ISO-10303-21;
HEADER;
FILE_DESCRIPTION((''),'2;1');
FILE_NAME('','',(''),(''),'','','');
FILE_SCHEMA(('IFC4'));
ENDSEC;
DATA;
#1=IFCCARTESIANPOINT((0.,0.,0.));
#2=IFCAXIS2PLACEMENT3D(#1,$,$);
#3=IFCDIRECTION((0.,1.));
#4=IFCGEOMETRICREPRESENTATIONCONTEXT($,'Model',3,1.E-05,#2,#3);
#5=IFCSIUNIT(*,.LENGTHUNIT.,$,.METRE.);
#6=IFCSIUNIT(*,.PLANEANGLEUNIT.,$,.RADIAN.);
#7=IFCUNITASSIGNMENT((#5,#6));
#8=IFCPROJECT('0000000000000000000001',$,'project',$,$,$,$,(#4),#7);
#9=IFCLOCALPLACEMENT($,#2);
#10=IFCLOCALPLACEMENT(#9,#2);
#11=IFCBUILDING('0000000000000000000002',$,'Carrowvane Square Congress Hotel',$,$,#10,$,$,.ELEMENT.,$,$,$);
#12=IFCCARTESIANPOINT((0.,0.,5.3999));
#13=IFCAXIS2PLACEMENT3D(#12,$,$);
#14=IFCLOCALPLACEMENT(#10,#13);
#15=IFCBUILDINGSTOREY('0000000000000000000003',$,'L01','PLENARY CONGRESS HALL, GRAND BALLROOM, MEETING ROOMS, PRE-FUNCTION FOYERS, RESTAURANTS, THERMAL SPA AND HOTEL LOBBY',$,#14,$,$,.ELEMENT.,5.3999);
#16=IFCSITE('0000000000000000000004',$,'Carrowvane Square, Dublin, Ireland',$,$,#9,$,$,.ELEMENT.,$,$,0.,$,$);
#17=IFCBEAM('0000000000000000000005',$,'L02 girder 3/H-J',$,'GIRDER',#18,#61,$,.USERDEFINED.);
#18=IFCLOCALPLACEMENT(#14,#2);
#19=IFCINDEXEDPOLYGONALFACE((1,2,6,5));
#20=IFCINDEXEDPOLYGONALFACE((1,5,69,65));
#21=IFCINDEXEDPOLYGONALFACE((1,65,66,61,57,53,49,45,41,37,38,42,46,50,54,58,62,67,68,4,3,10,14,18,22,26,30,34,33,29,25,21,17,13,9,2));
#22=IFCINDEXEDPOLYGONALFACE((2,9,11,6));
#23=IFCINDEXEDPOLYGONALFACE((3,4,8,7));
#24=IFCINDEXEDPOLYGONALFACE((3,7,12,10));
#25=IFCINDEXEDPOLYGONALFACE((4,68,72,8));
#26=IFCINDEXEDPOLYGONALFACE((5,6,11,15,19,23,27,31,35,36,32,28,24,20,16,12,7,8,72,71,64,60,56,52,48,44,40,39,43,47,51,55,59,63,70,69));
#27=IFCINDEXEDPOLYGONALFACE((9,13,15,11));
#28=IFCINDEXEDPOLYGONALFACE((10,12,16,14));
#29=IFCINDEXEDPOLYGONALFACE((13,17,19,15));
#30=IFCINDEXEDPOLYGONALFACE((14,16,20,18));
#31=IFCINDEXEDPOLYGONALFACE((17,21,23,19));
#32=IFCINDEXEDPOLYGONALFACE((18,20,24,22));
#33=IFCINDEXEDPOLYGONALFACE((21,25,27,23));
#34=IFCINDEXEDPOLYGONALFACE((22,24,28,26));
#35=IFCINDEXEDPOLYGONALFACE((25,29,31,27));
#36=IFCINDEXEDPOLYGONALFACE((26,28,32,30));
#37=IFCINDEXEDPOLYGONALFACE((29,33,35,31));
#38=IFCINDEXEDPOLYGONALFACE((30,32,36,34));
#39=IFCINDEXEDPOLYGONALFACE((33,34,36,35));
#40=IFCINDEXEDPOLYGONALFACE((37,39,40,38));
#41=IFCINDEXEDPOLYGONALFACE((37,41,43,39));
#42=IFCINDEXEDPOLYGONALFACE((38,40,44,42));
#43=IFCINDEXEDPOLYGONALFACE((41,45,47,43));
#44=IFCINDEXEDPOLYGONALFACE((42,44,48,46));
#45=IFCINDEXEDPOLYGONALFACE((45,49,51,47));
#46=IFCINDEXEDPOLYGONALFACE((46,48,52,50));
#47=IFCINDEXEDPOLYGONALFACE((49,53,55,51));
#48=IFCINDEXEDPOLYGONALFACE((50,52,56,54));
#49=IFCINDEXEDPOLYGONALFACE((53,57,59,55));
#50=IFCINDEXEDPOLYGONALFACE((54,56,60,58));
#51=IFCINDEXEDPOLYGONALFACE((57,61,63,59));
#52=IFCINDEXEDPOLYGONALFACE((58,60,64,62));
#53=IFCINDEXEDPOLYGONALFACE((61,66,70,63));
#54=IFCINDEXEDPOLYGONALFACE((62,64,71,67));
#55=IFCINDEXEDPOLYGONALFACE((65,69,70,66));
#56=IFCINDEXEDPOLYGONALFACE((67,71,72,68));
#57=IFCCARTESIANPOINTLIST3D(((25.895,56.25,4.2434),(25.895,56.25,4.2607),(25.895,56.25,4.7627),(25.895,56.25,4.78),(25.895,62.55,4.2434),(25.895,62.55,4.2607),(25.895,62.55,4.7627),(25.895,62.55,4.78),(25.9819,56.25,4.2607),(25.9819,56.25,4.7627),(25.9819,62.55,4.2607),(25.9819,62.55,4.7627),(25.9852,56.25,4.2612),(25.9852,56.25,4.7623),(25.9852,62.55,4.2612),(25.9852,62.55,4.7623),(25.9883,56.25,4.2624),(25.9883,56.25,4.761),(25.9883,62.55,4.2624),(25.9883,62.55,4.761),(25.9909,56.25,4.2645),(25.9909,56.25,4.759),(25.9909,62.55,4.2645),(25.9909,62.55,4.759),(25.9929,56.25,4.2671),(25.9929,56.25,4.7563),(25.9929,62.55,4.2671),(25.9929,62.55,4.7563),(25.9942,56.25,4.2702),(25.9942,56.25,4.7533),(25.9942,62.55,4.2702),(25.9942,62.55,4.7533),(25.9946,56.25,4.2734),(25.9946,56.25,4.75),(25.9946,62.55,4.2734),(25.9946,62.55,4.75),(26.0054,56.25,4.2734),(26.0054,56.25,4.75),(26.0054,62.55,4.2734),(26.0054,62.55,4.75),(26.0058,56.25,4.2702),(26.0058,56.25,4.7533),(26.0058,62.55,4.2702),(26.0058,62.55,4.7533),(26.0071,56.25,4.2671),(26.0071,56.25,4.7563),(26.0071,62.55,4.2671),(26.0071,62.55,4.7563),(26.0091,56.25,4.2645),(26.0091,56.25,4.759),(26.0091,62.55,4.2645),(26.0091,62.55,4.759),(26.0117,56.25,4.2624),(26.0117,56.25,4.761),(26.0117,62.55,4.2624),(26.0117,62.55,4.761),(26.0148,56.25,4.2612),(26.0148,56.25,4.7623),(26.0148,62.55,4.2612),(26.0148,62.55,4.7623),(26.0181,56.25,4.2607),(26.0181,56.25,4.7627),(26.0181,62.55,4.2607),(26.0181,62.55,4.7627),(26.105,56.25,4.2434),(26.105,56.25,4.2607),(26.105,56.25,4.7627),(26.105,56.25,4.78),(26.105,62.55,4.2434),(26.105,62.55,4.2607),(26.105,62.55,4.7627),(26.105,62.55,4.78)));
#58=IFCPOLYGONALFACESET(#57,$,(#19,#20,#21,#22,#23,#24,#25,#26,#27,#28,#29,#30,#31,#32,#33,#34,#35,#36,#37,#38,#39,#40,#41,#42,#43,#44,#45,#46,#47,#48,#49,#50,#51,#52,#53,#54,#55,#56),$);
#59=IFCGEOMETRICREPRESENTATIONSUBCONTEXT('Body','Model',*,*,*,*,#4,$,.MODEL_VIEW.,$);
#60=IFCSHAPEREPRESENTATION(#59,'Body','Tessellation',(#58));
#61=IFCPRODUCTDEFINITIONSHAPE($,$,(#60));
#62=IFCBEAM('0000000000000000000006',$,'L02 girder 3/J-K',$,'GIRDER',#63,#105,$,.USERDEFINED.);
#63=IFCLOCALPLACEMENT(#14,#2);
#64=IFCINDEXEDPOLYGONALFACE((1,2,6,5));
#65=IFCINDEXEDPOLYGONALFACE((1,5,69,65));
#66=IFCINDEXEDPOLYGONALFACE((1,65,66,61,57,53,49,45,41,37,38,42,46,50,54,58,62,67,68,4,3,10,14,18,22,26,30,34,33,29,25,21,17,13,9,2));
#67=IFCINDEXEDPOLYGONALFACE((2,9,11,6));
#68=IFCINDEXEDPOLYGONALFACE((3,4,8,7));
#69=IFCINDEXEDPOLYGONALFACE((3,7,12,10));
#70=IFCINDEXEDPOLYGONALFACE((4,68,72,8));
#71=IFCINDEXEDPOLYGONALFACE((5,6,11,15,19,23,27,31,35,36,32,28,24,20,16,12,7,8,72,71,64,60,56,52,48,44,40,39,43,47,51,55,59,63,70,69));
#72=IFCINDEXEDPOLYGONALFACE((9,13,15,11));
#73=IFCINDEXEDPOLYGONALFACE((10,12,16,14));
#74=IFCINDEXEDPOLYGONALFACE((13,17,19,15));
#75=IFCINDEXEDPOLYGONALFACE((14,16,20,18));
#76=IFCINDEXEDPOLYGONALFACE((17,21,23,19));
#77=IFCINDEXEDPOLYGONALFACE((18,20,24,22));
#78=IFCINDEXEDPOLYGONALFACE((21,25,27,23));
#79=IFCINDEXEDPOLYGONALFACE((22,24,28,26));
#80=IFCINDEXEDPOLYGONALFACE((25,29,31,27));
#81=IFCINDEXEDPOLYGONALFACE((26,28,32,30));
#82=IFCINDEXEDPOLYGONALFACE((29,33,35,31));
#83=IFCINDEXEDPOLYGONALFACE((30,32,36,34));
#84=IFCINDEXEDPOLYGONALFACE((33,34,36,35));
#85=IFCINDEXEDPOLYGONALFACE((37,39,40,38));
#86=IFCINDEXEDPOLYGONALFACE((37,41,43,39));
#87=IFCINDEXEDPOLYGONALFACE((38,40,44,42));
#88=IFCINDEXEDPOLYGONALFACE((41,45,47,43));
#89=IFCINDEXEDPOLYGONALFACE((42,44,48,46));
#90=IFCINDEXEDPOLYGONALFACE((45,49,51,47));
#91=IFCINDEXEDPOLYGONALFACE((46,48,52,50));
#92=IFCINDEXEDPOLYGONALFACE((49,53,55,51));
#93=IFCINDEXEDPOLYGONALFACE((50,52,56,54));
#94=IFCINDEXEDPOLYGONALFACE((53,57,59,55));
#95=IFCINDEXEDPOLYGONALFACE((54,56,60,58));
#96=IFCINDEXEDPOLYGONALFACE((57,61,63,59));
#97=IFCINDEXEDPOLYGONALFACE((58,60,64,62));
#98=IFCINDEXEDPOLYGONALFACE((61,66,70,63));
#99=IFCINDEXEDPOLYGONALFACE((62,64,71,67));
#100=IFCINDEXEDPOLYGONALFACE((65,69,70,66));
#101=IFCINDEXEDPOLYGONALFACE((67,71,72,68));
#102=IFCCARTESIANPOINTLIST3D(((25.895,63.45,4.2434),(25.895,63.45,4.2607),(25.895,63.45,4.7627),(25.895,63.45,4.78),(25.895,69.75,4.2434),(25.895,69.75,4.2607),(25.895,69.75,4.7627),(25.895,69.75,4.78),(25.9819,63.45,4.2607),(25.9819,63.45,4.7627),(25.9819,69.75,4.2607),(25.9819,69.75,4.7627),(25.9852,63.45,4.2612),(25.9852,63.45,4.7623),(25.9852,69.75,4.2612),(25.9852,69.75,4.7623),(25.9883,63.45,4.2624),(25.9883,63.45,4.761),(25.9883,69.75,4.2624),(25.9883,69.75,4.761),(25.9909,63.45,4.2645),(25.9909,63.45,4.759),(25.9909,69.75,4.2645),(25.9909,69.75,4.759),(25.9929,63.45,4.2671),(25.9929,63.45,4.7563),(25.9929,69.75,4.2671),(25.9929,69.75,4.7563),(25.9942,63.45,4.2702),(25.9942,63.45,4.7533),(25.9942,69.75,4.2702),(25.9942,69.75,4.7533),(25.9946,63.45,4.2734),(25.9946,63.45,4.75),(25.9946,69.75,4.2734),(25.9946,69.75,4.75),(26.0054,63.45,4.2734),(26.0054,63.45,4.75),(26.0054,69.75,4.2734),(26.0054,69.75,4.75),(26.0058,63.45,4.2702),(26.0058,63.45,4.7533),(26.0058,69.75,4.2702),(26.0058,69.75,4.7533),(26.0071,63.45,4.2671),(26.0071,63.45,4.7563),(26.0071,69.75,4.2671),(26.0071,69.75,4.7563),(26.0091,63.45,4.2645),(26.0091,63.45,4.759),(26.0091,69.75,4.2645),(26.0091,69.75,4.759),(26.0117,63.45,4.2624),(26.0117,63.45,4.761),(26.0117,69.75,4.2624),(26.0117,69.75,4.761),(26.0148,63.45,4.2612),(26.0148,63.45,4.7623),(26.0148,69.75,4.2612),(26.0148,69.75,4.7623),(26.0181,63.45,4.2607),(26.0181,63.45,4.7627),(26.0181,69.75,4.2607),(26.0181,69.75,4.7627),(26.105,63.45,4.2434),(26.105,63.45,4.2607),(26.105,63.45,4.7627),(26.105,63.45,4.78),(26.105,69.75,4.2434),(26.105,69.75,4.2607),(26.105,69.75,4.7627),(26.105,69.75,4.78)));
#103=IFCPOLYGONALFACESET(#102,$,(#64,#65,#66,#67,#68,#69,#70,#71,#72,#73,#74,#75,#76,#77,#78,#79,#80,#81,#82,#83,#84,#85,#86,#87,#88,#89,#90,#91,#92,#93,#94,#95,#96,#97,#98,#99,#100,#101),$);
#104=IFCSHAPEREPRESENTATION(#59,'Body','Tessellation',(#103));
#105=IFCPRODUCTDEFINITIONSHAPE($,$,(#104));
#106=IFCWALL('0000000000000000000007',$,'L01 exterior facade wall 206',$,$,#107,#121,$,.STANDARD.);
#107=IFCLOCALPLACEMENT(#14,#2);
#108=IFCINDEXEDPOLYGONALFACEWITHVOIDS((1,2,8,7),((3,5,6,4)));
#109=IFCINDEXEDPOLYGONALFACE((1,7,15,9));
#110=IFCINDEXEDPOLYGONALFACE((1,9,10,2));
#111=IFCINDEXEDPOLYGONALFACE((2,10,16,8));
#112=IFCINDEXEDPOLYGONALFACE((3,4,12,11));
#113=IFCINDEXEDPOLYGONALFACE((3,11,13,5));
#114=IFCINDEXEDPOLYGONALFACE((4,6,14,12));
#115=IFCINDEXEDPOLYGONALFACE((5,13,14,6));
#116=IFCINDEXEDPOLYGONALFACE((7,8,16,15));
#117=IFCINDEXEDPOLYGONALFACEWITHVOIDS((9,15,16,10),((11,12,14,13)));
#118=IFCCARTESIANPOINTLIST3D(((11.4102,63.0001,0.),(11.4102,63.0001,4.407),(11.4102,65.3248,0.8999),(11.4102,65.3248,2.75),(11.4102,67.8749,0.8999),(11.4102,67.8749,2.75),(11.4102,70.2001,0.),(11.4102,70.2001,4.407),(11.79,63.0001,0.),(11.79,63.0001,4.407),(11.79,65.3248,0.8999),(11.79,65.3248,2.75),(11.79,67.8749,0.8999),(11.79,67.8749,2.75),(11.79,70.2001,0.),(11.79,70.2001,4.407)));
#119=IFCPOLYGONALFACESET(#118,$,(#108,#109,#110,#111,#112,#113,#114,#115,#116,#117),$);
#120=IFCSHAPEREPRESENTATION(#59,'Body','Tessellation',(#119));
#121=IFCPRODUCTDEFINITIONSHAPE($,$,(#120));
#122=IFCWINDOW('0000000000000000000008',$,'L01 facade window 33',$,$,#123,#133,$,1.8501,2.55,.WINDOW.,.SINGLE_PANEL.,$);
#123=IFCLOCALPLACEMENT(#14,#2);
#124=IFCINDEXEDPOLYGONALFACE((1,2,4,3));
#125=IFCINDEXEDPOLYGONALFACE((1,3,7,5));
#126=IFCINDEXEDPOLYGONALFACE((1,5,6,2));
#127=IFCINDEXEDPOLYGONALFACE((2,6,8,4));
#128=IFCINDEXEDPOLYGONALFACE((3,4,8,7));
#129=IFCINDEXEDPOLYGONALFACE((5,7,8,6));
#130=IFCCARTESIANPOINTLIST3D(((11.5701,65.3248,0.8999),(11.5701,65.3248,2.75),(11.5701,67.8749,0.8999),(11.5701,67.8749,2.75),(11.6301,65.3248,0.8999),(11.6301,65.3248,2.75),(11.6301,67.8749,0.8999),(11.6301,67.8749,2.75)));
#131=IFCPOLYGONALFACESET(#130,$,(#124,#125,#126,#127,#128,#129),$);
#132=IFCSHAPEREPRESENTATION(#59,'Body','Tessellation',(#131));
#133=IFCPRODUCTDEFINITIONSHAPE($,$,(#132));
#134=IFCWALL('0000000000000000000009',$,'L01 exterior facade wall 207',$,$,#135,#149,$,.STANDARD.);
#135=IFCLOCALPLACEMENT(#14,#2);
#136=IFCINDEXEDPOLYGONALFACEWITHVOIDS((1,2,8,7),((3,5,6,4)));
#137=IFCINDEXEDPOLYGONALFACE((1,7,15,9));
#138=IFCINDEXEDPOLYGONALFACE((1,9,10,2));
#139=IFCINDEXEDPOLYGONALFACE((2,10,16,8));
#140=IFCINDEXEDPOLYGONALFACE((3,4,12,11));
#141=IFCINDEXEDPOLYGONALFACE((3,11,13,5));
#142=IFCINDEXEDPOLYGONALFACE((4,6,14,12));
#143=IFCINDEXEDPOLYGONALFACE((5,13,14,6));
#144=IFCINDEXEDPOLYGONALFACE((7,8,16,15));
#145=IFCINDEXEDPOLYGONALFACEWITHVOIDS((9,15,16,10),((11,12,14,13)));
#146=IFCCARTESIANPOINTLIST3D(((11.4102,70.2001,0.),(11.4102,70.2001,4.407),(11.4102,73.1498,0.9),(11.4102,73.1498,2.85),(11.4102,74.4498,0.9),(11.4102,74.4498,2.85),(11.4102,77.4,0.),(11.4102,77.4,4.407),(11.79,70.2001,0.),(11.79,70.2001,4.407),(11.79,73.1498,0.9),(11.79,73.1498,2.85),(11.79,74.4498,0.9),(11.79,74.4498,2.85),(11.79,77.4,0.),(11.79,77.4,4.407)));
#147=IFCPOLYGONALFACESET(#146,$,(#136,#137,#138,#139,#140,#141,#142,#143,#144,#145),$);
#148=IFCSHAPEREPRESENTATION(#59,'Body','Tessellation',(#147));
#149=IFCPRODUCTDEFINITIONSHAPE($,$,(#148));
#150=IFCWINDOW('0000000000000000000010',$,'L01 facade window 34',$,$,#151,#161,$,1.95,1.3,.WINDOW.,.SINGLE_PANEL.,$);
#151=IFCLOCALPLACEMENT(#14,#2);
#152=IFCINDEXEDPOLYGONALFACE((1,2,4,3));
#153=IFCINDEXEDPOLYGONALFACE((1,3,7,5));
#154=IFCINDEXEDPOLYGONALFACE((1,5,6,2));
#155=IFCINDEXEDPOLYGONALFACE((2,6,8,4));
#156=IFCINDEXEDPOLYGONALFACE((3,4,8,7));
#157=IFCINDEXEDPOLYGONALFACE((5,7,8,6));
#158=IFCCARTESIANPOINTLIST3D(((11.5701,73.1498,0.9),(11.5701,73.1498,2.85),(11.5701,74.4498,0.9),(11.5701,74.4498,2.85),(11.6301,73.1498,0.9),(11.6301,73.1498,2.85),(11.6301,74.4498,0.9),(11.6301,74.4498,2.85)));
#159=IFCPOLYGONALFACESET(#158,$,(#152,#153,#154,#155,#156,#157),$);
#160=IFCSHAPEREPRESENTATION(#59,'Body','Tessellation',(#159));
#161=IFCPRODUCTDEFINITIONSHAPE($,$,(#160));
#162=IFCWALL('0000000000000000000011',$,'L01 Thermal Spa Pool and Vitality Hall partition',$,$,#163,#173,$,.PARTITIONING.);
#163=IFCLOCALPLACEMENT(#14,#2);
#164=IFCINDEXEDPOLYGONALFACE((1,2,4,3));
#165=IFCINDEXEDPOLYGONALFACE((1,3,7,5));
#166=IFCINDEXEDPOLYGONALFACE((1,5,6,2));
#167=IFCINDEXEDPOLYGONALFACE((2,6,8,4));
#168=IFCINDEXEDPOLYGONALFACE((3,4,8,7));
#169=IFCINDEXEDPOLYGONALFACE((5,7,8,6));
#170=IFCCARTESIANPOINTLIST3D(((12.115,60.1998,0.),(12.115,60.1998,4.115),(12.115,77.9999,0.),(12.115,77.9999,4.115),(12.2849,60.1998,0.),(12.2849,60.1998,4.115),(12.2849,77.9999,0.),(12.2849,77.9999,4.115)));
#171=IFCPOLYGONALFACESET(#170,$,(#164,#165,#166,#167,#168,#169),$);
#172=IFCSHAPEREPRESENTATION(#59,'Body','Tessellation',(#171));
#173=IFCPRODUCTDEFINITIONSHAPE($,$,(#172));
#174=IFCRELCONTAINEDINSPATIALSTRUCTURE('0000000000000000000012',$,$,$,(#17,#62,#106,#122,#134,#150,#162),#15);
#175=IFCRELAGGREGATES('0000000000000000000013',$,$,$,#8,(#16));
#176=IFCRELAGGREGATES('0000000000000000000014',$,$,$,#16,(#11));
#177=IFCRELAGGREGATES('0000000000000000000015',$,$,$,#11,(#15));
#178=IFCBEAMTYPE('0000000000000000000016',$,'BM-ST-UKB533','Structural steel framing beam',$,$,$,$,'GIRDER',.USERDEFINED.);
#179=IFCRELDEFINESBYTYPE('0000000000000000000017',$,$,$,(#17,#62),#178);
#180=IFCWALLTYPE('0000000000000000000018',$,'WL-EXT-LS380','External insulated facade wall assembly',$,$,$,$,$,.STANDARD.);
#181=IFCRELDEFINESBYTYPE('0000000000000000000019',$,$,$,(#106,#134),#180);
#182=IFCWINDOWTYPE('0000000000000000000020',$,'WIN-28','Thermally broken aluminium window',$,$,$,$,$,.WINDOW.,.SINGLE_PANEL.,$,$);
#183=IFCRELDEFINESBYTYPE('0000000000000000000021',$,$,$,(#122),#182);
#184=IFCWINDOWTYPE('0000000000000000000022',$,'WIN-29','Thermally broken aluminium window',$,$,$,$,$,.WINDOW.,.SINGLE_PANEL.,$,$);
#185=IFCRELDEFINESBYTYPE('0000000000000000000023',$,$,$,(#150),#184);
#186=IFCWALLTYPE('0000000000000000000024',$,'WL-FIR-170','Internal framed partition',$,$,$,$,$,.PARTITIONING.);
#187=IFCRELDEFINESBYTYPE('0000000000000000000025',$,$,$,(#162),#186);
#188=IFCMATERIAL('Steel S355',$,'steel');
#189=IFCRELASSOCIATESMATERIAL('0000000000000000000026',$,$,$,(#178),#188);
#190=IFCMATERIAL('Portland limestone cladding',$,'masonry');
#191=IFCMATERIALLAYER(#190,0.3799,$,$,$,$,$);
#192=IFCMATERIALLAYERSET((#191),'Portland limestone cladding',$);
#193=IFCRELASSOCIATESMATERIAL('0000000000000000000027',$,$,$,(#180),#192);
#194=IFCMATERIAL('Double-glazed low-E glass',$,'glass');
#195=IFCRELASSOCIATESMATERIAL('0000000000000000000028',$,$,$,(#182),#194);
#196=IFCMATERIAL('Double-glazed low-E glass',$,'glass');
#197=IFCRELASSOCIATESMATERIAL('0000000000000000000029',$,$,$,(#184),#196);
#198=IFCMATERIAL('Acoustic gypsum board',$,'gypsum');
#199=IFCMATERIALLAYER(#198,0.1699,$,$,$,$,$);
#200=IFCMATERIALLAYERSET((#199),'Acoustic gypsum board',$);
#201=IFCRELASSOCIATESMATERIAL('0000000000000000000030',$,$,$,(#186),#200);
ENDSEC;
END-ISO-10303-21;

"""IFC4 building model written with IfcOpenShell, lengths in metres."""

from ifc_helpers import new_model, si_unit, direction, frame, frame_2d, origin, origin_2d, place, context, subcontext, project, spatial, rectangle, i_section, extrude, material, layer, layer_set, material_profile, profile_set, type_object, element, fill, save


model = new_model("IFC4")

# Units and contexts
model_context = context("Model", 3, precision=1e-05, world=origin(), true_north=direction((0.0, 1.0)))
body_context = subcontext(model_context, "Body", "Model", "MODEL_VIEW")
ifc_project = project(units=[si_unit("LENGTHUNIT", "METRE"), si_unit("PLANEANGLEUNIT", "RADIAN")], contexts=[model_context])

# Site, building, storey
site_placement = place(None, origin())
site = spatial("IfcSite", under=ifc_project, at=site_placement, Name="Carrowvane Square, Dublin, Ireland", CompositionType="ELEMENT", RefElevation=0.0)
building_placement = place(site_placement, origin())
building = spatial("IfcBuilding", under=site, at=building_placement, Name="Carrowvane Square Congress Hotel", CompositionType="ELEMENT")
storey_placement = place(building_placement, frame((0.0, 0.0, 5.3999)))
storey = spatial("IfcBuildingStorey", under=building, at=storey_placement, Name="L01", Description="PLENARY CONGRESS HALL, GRAND BALLROOM, MEETING ROOMS, PRE-FUNCTION FOYERS, RESTAURANTS, THERMAL SPA AND HOTEL LOBBY", CompositionType="ELEMENT", Elevation=5.3999)

# Beams
ifc_material_1 = material(Name="Steel S355", Category="steel")
ifc_material_profile_1 = material_profile(ifc_material_1, i_section(OverallWidth=0.21, OverallDepth=0.5366, WebThickness=0.0107, FlangeThickness=0.0173, FilletRadius=0.0127, at=origin_2d()), Name="UKB 533x210x101")
ifc_profile_set_1 = profile_set([ifc_material_profile_1], Name="Steel S355")
beam_type_1 = type_object("IfcBeamType", Name="BM-ST-UKB533", Description="Structural steel framing beam", ElementType="GIRDER", PredefinedType="USERDEFINED", material=ifc_profile_set_1)
for number, where, z_axis, x_axis, name in (
    (1, (26.0, 56.25, 4.5117), (0.0, 1.0, 0.0), (-1.0, 0.0, 0.0), "L02 girder 3/H-J"),
    (2, (26.0, 63.45, 4.5117), (0.0, 1.0, 0.0), (-1.0, 0.0, 0.0), "L02 girder 3/J-K"),
):
    element("IfcBeam", number, at=place(storey_placement, frame(where, z_axis=z_axis, x_axis=x_axis)), inside=storey, type_object=beam_type_1, Name=name, ObjectType="GIRDER", PredefinedType="USERDEFINED", context=body_context, shape_type="SweptSolid", body=[
        extrude(i_section(OverallWidth=0.21, OverallDepth=0.5366, WebThickness=0.0107, FlangeThickness=0.0173, FilletRadius=0.0127, at=origin_2d()), origin(), (0.0, 0.0, 1.0), 6.3),
    ])

# Walls, openings, windows
ifc_material_2 = material(Name="Portland limestone cladding", Category="masonry")
ifc_layer_1 = layer(ifc_material_2, 0.3799)
ifc_layer_set_1 = layer_set([ifc_layer_1], Name="Portland limestone cladding")
wall_type_1 = type_object("IfcWallType", Name="WL-EXT-LS380", Description="External insulated facade wall assembly", PredefinedType="STANDARD", material=ifc_layer_set_1)
wall_1_placement = place(storey_placement, frame((11.6001, 63.0, 0.0), z_axis=(0.0, 0.0, 1.0), x_axis=(0.0, 1.0, 0.0)))
wall_1 = element("IfcWall", 3, at=wall_1_placement, inside=storey, type_object=wall_type_1, Name="L01 exterior facade wall 206", PredefinedType="STANDARD", context=body_context, shape_type="SweptSolid", body=[
    extrude(rectangle(XDim=7.2, YDim=0.3799, at=frame_2d((3.6001, 0.0))), origin(), (0.0, 0.0, 1.0), 4.407),
])
opening_1_placement = place(wall_1_placement, frame((2.325, 0.0, 0.8999)))
opening_1 = element("IfcOpeningElement", 4, at=opening_1_placement, cuts=wall_1, PredefinedType="OPENING", context=body_context, shape_type="SweptSolid", body=[
    extrude(rectangle(XDim=2.55, YDim=1.8501, at=frame_2d((1.2749, 0.925))), frame((0.0, 0.2, 0.0), z_axis=(0.0, -1.0, 0.0), x_axis=(1.0, 0.0, 0.0)), (0.0, 0.0, 1.0), 0.3999),
])
ifc_material_3 = material(Name="Double-glazed low-E glass", Category="glass")
window_type_1 = type_object("IfcWindowType", Name="WIN-28", Description="Thermally broken aluminium window", PartitioningType="SINGLE_PANEL", PredefinedType="WINDOW", material=ifc_material_3)
window_1_placement = place(opening_1_placement, origin())
window_1 = element("IfcWindow", 5, at=window_1_placement, inside=storey, type_object=window_type_1, Name="L01 facade window 33", OverallHeight=1.8501, OverallWidth=2.55, PartitioningType="SINGLE_PANEL", PredefinedType="WINDOW", context=body_context, shape_type="SweptSolid", body=[
    extrude(rectangle(XDim=2.55, YDim=1.8501, at=frame_2d((1.2749, 0.925))), frame((0.0, 0.03, 0.0), z_axis=(0.0, -1.0, 0.0), x_axis=(1.0, 0.0, 0.0)), (0.0, 0.0, 1.0), 0.0601),
])
fill(opening_1, window_1)
wall_2_placement = place(storey_placement, frame((11.6001, 70.2, 0.0), z_axis=(0.0, 0.0, 1.0), x_axis=(0.0, 1.0, 0.0)))
wall_2 = element("IfcWall", 6, at=wall_2_placement, inside=storey, type_object=wall_type_1, Name="L01 exterior facade wall 207", PredefinedType="STANDARD", context=body_context, shape_type="SweptSolid", body=[
    extrude(rectangle(XDim=7.2, YDim=0.3799, at=frame_2d((3.6001, 0.0))), origin(), (0.0, 0.0, 1.0), 4.407),
])
opening_2_placement = place(wall_2_placement, frame((2.95, 0.0, 0.8999)))
opening_2 = element("IfcOpeningElement", 7, at=opening_2_placement, cuts=wall_2, PredefinedType="OPENING", context=body_context, shape_type="SweptSolid", body=[
    extrude(rectangle(XDim=1.3, YDim=1.95, at=frame_2d((0.6499, 0.9751))), frame((0.0, 0.2, 0.0), z_axis=(0.0, -1.0, 0.0), x_axis=(1.0, 0.0, 0.0)), (0.0, 0.0, 1.0), 0.3999),
])
ifc_material_4 = material(Name="Double-glazed low-E glass", Category="glass")
window_type_2 = type_object("IfcWindowType", Name="WIN-29", Description="Thermally broken aluminium window", PartitioningType="SINGLE_PANEL", PredefinedType="WINDOW", material=ifc_material_4)
window_2_placement = place(opening_2_placement, origin())
window_2 = element("IfcWindow", 8, at=window_2_placement, inside=storey, type_object=window_type_2, Name="L01 facade window 34", OverallHeight=1.95, OverallWidth=1.3, PartitioningType="SINGLE_PANEL", PredefinedType="WINDOW", context=body_context, shape_type="SweptSolid", body=[
    extrude(rectangle(XDim=1.3, YDim=1.95, at=frame_2d((0.6499, 0.9751))), frame((0.0, 0.03, 0.0), z_axis=(0.0, -1.0, 0.0), x_axis=(1.0, 0.0, 0.0)), (0.0, 0.0, 1.0), 0.0601),
])
fill(opening_2, window_2)

# Wall
ifc_material_5 = material(Name="Acoustic gypsum board", Category="gypsum")
ifc_layer_2 = layer(ifc_material_5, 0.1699)
ifc_layer_set_2 = layer_set([ifc_layer_2], Name="Acoustic gypsum board")
wall_type_2 = type_object("IfcWallType", Name="WL-FIR-170", Description="Internal framed partition", PredefinedType="PARTITIONING", material=ifc_layer_set_2)
wall_3_placement = place(storey_placement, frame((12.2, 60.2, 0.0), z_axis=(0.0, 0.0, 1.0), x_axis=(0.0, 1.0, 0.0)))
element("IfcWall", 9, at=wall_3_placement, inside=storey, type_object=wall_type_2, Name="L01 Thermal Spa Pool and Vitality Hall partition", PredefinedType="PARTITIONING", context=body_context, shape_type="SweptSolid", body=[
    extrude(rectangle(XDim=17.8, YDim=0.1699, at=frame_2d((8.8999, 0.0))), origin(), (0.0, 0.0, 1.0), 4.115),
])

save(model, "model.ifc")
